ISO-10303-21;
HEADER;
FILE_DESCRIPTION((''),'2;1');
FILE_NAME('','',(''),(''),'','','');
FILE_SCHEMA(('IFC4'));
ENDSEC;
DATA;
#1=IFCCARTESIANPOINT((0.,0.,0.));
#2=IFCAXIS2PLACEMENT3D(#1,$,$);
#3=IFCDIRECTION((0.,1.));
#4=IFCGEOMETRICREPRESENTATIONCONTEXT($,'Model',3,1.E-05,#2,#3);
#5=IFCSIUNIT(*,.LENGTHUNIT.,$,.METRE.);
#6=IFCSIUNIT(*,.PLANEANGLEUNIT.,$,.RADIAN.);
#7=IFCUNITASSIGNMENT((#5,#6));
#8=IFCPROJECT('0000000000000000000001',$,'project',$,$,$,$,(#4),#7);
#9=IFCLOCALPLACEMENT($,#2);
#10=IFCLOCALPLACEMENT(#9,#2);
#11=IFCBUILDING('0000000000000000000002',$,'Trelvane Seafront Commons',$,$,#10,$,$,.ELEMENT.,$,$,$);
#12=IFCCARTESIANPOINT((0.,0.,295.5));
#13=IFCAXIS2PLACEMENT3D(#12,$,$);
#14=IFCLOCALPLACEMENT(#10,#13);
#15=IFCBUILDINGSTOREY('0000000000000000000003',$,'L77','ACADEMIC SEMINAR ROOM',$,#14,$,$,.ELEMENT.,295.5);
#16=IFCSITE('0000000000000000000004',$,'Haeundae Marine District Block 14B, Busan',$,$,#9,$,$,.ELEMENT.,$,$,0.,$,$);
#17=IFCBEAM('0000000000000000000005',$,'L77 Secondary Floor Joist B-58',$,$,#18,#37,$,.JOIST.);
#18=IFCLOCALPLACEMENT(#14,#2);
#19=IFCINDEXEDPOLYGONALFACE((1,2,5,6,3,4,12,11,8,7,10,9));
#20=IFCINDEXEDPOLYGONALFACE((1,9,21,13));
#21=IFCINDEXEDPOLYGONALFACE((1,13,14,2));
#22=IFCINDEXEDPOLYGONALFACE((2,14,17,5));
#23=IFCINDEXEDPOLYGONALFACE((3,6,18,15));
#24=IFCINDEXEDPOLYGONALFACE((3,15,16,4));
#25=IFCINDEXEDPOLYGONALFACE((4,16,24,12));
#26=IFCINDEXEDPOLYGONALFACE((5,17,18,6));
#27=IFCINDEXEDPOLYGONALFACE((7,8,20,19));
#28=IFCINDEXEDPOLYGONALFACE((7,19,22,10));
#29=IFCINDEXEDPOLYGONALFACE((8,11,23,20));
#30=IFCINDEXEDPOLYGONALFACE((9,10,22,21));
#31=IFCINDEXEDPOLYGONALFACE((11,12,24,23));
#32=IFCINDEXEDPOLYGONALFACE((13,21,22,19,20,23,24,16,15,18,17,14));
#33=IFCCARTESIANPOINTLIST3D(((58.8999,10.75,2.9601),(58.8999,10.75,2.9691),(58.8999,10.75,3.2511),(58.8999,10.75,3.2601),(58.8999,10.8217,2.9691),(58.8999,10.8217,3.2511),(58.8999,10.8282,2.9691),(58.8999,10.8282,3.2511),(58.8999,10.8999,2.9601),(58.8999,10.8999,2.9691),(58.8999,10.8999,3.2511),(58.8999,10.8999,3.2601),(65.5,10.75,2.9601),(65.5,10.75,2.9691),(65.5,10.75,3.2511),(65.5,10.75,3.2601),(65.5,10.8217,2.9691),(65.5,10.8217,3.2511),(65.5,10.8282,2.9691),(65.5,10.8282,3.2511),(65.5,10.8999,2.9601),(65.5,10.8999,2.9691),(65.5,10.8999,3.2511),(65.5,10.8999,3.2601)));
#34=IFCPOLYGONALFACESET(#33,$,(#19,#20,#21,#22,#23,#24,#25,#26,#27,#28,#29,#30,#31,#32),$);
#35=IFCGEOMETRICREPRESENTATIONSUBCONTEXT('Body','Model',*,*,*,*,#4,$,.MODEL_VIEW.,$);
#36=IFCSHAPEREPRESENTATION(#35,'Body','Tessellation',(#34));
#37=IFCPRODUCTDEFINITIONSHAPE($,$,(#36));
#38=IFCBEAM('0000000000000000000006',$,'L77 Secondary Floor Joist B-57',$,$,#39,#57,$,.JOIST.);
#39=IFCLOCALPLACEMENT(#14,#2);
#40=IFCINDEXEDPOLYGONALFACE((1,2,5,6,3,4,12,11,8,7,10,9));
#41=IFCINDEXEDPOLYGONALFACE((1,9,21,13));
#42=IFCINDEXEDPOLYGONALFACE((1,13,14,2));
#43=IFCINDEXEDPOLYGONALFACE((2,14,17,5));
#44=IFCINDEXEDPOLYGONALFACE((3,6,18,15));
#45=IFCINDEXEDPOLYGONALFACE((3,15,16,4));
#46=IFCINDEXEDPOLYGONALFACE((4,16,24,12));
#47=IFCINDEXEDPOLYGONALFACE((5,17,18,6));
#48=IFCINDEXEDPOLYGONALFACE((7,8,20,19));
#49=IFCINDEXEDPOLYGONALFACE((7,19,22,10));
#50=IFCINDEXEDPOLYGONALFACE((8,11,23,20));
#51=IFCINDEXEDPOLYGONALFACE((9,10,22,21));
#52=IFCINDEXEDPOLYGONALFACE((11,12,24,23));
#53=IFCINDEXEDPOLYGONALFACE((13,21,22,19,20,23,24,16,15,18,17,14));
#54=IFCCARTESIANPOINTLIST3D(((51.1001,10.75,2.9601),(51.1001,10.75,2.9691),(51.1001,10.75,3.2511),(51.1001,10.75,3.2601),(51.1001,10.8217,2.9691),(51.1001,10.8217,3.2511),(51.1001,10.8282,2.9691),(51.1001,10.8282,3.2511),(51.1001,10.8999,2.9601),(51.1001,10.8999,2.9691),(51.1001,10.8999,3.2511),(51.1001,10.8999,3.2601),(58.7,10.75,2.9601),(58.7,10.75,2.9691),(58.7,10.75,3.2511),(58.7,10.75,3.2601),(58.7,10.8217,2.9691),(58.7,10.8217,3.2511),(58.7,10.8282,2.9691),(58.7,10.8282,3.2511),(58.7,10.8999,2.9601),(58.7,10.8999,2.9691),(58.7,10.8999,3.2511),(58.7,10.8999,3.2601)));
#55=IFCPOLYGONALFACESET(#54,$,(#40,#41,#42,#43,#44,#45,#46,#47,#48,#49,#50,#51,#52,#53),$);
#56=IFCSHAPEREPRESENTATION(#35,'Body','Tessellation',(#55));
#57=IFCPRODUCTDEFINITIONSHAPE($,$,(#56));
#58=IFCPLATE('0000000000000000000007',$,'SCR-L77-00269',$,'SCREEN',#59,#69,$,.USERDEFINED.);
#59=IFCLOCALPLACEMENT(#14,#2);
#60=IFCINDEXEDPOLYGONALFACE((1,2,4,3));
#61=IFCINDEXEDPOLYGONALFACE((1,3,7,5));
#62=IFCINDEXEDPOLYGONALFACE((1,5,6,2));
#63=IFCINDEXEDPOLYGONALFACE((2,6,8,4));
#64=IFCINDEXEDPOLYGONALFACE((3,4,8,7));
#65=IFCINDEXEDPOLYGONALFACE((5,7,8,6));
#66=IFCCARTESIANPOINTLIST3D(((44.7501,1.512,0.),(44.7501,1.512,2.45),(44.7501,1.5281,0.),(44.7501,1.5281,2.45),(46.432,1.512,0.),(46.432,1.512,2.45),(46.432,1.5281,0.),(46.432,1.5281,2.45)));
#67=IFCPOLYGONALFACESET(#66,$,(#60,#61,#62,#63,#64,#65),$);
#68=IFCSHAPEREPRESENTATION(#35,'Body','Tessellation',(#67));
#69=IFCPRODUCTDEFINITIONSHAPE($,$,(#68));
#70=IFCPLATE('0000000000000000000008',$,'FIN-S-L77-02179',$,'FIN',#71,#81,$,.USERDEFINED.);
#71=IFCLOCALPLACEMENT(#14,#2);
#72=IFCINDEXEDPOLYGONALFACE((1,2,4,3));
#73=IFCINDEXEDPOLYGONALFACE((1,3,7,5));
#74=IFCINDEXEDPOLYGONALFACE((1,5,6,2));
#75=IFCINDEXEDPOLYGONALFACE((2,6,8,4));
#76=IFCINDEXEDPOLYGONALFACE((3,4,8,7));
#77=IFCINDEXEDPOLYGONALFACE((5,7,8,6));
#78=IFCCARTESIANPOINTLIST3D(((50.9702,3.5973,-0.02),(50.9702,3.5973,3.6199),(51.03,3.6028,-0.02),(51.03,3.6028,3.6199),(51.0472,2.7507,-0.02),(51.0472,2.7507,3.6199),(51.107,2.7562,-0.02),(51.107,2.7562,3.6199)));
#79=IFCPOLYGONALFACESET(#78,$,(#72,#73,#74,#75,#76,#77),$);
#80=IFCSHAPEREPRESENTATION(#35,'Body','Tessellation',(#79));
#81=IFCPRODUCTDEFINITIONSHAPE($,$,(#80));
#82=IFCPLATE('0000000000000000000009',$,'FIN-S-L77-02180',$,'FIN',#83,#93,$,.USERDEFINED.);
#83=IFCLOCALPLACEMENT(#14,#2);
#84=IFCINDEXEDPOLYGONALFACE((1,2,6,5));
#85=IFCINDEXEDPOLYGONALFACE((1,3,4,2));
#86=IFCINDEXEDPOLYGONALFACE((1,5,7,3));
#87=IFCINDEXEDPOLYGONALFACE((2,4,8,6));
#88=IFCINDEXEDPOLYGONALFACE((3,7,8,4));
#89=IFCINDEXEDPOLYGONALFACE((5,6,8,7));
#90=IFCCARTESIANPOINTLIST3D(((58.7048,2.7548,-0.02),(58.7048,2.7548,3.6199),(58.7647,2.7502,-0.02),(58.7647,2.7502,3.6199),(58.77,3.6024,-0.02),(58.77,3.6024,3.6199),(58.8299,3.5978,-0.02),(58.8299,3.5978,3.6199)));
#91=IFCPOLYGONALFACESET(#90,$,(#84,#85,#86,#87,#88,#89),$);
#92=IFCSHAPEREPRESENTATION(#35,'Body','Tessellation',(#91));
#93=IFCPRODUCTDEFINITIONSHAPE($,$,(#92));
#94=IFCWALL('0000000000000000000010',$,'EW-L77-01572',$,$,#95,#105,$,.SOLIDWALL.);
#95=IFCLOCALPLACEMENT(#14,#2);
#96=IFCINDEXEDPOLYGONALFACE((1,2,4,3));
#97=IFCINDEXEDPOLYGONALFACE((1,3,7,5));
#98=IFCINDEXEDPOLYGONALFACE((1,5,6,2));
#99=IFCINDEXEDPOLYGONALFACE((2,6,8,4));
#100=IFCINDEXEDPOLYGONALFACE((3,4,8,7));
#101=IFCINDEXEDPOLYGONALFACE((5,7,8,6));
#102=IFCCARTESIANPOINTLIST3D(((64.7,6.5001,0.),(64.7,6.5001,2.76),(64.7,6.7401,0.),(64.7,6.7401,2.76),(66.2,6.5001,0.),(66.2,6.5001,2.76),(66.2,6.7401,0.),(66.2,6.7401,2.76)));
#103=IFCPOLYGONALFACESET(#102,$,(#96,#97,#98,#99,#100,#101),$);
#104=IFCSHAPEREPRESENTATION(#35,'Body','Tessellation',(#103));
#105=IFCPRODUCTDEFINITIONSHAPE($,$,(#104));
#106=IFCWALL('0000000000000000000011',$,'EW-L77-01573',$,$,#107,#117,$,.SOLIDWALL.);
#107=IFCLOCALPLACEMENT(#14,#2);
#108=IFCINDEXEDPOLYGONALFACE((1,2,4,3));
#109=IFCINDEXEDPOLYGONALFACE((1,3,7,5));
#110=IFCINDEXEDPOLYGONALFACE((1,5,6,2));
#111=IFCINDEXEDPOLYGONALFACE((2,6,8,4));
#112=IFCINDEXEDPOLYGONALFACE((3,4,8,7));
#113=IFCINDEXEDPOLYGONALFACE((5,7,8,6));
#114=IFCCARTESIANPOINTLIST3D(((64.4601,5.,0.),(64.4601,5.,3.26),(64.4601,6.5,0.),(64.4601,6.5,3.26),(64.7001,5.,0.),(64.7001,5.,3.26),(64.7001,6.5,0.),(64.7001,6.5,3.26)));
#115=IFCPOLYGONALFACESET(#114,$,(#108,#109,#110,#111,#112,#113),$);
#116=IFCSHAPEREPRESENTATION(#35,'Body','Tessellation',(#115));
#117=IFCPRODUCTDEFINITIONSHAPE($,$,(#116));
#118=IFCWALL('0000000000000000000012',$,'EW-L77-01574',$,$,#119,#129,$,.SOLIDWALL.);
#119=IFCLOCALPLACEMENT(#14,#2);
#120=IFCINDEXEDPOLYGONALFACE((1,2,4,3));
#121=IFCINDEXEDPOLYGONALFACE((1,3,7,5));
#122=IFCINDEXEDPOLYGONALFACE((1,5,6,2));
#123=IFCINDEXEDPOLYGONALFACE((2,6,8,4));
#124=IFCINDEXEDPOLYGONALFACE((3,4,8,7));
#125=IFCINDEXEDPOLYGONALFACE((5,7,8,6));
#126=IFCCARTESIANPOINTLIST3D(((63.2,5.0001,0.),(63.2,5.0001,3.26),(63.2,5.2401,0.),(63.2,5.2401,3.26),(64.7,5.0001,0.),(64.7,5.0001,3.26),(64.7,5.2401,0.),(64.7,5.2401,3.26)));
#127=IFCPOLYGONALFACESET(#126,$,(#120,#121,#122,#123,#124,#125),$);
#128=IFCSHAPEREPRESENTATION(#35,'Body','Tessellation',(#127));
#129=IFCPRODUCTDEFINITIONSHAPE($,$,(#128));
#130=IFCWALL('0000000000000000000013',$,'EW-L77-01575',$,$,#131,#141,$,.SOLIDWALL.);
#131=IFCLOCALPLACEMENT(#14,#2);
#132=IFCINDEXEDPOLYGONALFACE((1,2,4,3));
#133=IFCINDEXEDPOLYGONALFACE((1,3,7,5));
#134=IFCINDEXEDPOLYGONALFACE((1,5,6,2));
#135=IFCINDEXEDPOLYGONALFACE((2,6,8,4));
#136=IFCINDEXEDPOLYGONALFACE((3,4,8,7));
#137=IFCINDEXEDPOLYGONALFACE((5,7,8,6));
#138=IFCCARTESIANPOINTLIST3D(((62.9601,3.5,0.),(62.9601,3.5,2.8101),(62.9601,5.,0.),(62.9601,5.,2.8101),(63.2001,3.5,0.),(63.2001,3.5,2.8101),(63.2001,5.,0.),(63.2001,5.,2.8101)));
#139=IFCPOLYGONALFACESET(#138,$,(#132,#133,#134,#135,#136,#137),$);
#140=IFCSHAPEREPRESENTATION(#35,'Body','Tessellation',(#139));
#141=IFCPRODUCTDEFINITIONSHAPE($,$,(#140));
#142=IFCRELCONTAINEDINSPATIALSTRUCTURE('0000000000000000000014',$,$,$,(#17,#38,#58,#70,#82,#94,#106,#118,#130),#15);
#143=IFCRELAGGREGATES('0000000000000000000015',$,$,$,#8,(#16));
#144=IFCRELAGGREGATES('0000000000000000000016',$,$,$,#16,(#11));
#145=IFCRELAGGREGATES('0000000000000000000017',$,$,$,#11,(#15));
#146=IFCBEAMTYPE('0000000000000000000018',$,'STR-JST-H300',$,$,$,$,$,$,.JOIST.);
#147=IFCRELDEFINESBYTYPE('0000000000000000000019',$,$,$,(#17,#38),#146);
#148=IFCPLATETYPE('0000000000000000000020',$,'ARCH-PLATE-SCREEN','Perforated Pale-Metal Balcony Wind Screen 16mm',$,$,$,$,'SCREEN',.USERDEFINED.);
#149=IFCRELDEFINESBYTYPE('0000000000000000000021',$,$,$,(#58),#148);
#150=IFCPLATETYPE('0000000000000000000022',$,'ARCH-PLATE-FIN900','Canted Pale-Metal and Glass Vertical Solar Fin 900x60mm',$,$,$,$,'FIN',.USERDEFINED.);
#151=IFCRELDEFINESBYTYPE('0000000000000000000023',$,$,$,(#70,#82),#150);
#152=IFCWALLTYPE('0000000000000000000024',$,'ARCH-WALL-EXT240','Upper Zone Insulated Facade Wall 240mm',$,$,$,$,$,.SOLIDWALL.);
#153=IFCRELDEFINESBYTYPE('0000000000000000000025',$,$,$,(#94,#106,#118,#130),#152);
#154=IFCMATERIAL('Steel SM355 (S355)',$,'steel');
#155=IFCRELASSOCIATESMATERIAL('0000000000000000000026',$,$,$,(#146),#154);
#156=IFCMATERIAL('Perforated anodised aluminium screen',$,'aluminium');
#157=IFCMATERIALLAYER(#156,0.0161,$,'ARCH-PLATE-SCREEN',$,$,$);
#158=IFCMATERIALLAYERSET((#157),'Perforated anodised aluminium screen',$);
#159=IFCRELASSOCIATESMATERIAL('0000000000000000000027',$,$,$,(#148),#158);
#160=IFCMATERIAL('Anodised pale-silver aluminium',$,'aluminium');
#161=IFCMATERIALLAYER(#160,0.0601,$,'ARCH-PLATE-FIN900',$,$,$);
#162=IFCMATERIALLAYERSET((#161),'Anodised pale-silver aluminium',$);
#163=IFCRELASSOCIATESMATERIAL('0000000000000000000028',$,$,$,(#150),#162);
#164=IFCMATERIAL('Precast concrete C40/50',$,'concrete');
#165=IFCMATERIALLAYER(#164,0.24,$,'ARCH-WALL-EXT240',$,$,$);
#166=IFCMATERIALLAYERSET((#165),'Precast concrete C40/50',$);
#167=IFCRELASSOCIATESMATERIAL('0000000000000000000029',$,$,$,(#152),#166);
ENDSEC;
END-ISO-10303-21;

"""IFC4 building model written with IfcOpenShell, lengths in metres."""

from ifc_helpers import new_model, si_unit, direction, frame, frame_2d, origin, origin_2d, place, context, subcontext, project, spatial, rectangle, i_section, extrude, source, transform, mapped, material, layer, layer_set, material_profile, profile_set, type_object, element, save


model = new_model("IFC4")

# Units and contexts
model_context = context("Model", 3, precision=1e-05, world=origin(), true_north=direction((0.0, 1.0)))
body_context = subcontext(model_context, "Body", "Model", "MODEL_VIEW")
ifc_project = project(units=[si_unit("LENGTHUNIT", "METRE"), si_unit("PLANEANGLEUNIT", "RADIAN")], contexts=[model_context])

# Site, building, storey
site_placement = place(None, origin())
site = spatial("IfcSite", under=ifc_project, at=site_placement, Name="Haeundae Marine District Block 14B, Busan", CompositionType="ELEMENT", RefElevation=0.0)
building_placement = place(site_placement, origin())
building = spatial("IfcBuilding", under=site, at=building_placement, Name="Trelvane Seafront Commons", CompositionType="ELEMENT")
storey_placement = place(building_placement, frame((0.0, 0.0, 295.5)))
storey = spatial("IfcBuildingStorey", under=building, at=storey_placement, Name="L77", Description="ACADEMIC SEMINAR ROOM", CompositionType="ELEMENT", Elevation=295.5)

# Shared definitions
ifc_material_1 = material(Name="Steel SM355 (S355)", Category="steel")

# Beams
ifc_material_profile_1 = material_profile(ifc_material_1, i_section(OverallWidth=0.1499, OverallDepth=0.3, WebThickness=0.0066, FlangeThickness=0.009, at=origin_2d()), Name="H-300x150x6.5x9")
ifc_profile_set_1 = profile_set([ifc_material_profile_1], Name="Steel SM355 (S355)")
beam_type_1 = type_object("IfcBeamType", Name="STR-JST-H300", PredefinedType="JOIST", material=ifc_profile_set_1)
shared_shape_1 = source(origin(), body_context, "Body", "SweptSolid", [
    extrude(i_section(OverallWidth=0.1499, OverallDepth=0.3, WebThickness=0.0066, FlangeThickness=0.009, at=origin_2d()), origin(), (0.0, 0.0, 1.0), 6.6001),
])
beam_1_placement = place(storey_placement, frame((58.8999, 10.825, 3.1101), z_axis=(1.0, 0.0, 0.0), x_axis=(0.0, 1.0, 0.0)))
element("IfcBeam", 1, at=beam_1_placement, inside=storey, type_object=beam_type_1, Name="L77 Secondary Floor Joist B-58", PredefinedType="JOIST", context=body_context, shape_type="MappedRepresentation", body=[
    mapped(shared_shape_1, transform((0.0, 0.0, 0.0), x_axis=(1.0, 0.0, 0.0), y_axis=(0.0, 1.0, 0.0), z_axis=(0.0, 0.0, 1.0), scale=1.0)),
])
shared_shape_2 = source(origin(), body_context, "Body", "SweptSolid", [
    extrude(i_section(OverallWidth=0.1499, OverallDepth=0.3, WebThickness=0.0066, FlangeThickness=0.009, at=origin_2d()), origin(), (0.0, 0.0, 1.0), 7.5999),
])
beam_2_placement = place(storey_placement, frame((51.1001, 10.825, 3.1101), z_axis=(1.0, 0.0, 0.0), x_axis=(0.0, 1.0, 0.0)))
element("IfcBeam", 2, at=beam_2_placement, inside=storey, type_object=beam_type_1, Name="L77 Secondary Floor Joist B-57", PredefinedType="JOIST", context=body_context, shape_type="MappedRepresentation", body=[
    mapped(shared_shape_2, transform((0.0, 0.0, 0.0), x_axis=(1.0, 0.0, 0.0), y_axis=(0.0, 1.0, 0.0), z_axis=(0.0, 0.0, 1.0), scale=1.0)),
])

# Plates
ifc_material_2 = material(Name="Perforated anodised aluminium screen", Category="aluminium")
ifc_layer_1 = layer(ifc_material_2, 0.0161, Name="ARCH-PLATE-SCREEN")
ifc_layer_set_1 = layer_set([ifc_layer_1], Name="Perforated anodised aluminium screen")
plate_type_1 = type_object("IfcPlateType", Name="ARCH-PLATE-SCREEN", Description="Perforated Pale-Metal Balcony Wind Screen 16mm", ElementType="SCREEN", PredefinedType="USERDEFINED", material=ifc_layer_set_1)
shared_shape_3 = source(origin(), body_context, "Body", "SweptSolid", [
    extrude(rectangle(XDim=1.6819, YDim=0.0161, at=origin_2d()), origin(), (0.0, 0.0, 1.0), 2.45),
])
plate_placement = place(storey_placement, frame((45.5911, 1.52, 0.0), z_axis=(0.0, 0.0, 1.0), x_axis=(1.0, 0.0, 0.0)))
element("IfcPlate", 3, at=plate_placement, inside=storey, type_object=plate_type_1, Name="SCR-L77-00269", ObjectType="SCREEN", PredefinedType="USERDEFINED", context=body_context, shape_type="MappedRepresentation", body=[
    mapped(shared_shape_3, transform((0.0, 0.0, 0.0), x_axis=(1.0, 0.0, 0.0), y_axis=(0.0, 1.0, 0.0), z_axis=(0.0, 0.0, 1.0), scale=1.0)),
])
ifc_material_3 = material(Name="Anodised pale-silver aluminium", Category="aluminium")
ifc_layer_2 = layer(ifc_material_3, 0.0601, Name="ARCH-PLATE-FIN900")
ifc_layer_set_2 = layer_set([ifc_layer_2], Name="Anodised pale-silver aluminium")
plate_type_2 = type_object("IfcPlateType", Name="ARCH-PLATE-FIN900", Description="Canted Pale-Metal and Glass Vertical Solar Fin 900x60mm", ElementType="FIN", PredefinedType="USERDEFINED", material=ifc_layer_set_2)
shared_shape_4 = source(origin(), body_context, "Body", "SweptSolid", [
    extrude(rectangle(XDim=0.8501, YDim=0.0601, at=origin_2d()), origin(), (0.0, 0.0, 1.0), 3.6399),
])
for number, where, z_axis, x_axis, name in (
    (4, (51.0386, 3.1768, -0.02), (0.0, 0.0, 1.0), (0.090589, -0.995888, 0.0), "FIN-S-L77-02179"),
    (5, (58.7673, 3.1763, -0.02), (0.0, 0.0, 1.0), (-0.076705, -0.997054, 0.0), "FIN-S-L77-02180"),
):
    element("IfcPlate", number, at=place(storey_placement, frame(where, z_axis=z_axis, x_axis=x_axis)), inside=storey, type_object=plate_type_2, Name=name, ObjectType="FIN", PredefinedType="USERDEFINED", context=body_context, shape_type="MappedRepresentation", body=[
        mapped(shared_shape_4, transform((0.0, 0.0, 0.0), x_axis=(1.0, 0.0, 0.0), y_axis=(0.0, 1.0, 0.0), z_axis=(0.0, 0.0, 1.0), scale=1.0)),
    ])

# Walls
ifc_material_4 = material(Name="Precast concrete C40/50", Category="concrete")
ifc_layer_3 = layer(ifc_material_4, 0.24, Name="ARCH-WALL-EXT240")
ifc_layer_set_3 = layer_set([ifc_layer_3], Name="Precast concrete C40/50")
wall_type_1 = type_object("IfcWallType", Name="ARCH-WALL-EXT240", Description="Upper Zone Insulated Facade Wall 240mm", PredefinedType="SOLIDWALL", material=ifc_layer_set_3)
wall_1_placement = place(storey_placement, frame((66.2, 6.6201, 0.0), z_axis=(0.0, 0.0, 1.0), x_axis=(-1.0, 0.0, 0.0)))
element("IfcWall", 6, at=wall_1_placement, inside=storey, type_object=wall_type_1, Name="EW-L77-01572", PredefinedType="SOLIDWALL", context=body_context, shape_type="SweptSolid", body=[
    extrude(rectangle(XDim=1.5, YDim=0.24, at=frame_2d((0.75, 0.0))), origin(), (0.0, 0.0, 1.0), 2.76),
])
for number, where, z_axis, x_axis, name in (
    (7, (64.5801, 6.5, 0.0), (0.0, 0.0, 1.0), (0.0, -1.0, 0.0), "EW-L77-01573"),
    (8, (64.7, 5.1201, 0.0), (0.0, 0.0, 1.0), (-1.0, 0.0, 0.0), "EW-L77-01574"),
):
    element("IfcWall", number, at=place(storey_placement, frame(where, z_axis=z_axis, x_axis=x_axis)), inside=storey, type_object=wall_type_1, Name=name, PredefinedType="SOLIDWALL", context=body_context, shape_type="SweptSolid", body=[
        extrude(rectangle(XDim=1.5, YDim=0.24, at=frame_2d((0.75, 0.0))), origin(), (0.0, 0.0, 1.0), 3.26),
    ])
wall_2_placement = place(storey_placement, frame((63.0801, 5.0, 0.0), z_axis=(0.0, 0.0, 1.0), x_axis=(0.0, -1.0, 0.0)))
element("IfcWall", 9, at=wall_2_placement, inside=storey, type_object=wall_type_1, Name="EW-L77-01575", PredefinedType="SOLIDWALL", context=body_context, shape_type="SweptSolid", body=[
    extrude(rectangle(XDim=1.5, YDim=0.24, at=frame_2d((0.75, 0.0))), origin(), (0.0, 0.0, 1.0), 2.8101),
])

save(model, "model.ifc")
